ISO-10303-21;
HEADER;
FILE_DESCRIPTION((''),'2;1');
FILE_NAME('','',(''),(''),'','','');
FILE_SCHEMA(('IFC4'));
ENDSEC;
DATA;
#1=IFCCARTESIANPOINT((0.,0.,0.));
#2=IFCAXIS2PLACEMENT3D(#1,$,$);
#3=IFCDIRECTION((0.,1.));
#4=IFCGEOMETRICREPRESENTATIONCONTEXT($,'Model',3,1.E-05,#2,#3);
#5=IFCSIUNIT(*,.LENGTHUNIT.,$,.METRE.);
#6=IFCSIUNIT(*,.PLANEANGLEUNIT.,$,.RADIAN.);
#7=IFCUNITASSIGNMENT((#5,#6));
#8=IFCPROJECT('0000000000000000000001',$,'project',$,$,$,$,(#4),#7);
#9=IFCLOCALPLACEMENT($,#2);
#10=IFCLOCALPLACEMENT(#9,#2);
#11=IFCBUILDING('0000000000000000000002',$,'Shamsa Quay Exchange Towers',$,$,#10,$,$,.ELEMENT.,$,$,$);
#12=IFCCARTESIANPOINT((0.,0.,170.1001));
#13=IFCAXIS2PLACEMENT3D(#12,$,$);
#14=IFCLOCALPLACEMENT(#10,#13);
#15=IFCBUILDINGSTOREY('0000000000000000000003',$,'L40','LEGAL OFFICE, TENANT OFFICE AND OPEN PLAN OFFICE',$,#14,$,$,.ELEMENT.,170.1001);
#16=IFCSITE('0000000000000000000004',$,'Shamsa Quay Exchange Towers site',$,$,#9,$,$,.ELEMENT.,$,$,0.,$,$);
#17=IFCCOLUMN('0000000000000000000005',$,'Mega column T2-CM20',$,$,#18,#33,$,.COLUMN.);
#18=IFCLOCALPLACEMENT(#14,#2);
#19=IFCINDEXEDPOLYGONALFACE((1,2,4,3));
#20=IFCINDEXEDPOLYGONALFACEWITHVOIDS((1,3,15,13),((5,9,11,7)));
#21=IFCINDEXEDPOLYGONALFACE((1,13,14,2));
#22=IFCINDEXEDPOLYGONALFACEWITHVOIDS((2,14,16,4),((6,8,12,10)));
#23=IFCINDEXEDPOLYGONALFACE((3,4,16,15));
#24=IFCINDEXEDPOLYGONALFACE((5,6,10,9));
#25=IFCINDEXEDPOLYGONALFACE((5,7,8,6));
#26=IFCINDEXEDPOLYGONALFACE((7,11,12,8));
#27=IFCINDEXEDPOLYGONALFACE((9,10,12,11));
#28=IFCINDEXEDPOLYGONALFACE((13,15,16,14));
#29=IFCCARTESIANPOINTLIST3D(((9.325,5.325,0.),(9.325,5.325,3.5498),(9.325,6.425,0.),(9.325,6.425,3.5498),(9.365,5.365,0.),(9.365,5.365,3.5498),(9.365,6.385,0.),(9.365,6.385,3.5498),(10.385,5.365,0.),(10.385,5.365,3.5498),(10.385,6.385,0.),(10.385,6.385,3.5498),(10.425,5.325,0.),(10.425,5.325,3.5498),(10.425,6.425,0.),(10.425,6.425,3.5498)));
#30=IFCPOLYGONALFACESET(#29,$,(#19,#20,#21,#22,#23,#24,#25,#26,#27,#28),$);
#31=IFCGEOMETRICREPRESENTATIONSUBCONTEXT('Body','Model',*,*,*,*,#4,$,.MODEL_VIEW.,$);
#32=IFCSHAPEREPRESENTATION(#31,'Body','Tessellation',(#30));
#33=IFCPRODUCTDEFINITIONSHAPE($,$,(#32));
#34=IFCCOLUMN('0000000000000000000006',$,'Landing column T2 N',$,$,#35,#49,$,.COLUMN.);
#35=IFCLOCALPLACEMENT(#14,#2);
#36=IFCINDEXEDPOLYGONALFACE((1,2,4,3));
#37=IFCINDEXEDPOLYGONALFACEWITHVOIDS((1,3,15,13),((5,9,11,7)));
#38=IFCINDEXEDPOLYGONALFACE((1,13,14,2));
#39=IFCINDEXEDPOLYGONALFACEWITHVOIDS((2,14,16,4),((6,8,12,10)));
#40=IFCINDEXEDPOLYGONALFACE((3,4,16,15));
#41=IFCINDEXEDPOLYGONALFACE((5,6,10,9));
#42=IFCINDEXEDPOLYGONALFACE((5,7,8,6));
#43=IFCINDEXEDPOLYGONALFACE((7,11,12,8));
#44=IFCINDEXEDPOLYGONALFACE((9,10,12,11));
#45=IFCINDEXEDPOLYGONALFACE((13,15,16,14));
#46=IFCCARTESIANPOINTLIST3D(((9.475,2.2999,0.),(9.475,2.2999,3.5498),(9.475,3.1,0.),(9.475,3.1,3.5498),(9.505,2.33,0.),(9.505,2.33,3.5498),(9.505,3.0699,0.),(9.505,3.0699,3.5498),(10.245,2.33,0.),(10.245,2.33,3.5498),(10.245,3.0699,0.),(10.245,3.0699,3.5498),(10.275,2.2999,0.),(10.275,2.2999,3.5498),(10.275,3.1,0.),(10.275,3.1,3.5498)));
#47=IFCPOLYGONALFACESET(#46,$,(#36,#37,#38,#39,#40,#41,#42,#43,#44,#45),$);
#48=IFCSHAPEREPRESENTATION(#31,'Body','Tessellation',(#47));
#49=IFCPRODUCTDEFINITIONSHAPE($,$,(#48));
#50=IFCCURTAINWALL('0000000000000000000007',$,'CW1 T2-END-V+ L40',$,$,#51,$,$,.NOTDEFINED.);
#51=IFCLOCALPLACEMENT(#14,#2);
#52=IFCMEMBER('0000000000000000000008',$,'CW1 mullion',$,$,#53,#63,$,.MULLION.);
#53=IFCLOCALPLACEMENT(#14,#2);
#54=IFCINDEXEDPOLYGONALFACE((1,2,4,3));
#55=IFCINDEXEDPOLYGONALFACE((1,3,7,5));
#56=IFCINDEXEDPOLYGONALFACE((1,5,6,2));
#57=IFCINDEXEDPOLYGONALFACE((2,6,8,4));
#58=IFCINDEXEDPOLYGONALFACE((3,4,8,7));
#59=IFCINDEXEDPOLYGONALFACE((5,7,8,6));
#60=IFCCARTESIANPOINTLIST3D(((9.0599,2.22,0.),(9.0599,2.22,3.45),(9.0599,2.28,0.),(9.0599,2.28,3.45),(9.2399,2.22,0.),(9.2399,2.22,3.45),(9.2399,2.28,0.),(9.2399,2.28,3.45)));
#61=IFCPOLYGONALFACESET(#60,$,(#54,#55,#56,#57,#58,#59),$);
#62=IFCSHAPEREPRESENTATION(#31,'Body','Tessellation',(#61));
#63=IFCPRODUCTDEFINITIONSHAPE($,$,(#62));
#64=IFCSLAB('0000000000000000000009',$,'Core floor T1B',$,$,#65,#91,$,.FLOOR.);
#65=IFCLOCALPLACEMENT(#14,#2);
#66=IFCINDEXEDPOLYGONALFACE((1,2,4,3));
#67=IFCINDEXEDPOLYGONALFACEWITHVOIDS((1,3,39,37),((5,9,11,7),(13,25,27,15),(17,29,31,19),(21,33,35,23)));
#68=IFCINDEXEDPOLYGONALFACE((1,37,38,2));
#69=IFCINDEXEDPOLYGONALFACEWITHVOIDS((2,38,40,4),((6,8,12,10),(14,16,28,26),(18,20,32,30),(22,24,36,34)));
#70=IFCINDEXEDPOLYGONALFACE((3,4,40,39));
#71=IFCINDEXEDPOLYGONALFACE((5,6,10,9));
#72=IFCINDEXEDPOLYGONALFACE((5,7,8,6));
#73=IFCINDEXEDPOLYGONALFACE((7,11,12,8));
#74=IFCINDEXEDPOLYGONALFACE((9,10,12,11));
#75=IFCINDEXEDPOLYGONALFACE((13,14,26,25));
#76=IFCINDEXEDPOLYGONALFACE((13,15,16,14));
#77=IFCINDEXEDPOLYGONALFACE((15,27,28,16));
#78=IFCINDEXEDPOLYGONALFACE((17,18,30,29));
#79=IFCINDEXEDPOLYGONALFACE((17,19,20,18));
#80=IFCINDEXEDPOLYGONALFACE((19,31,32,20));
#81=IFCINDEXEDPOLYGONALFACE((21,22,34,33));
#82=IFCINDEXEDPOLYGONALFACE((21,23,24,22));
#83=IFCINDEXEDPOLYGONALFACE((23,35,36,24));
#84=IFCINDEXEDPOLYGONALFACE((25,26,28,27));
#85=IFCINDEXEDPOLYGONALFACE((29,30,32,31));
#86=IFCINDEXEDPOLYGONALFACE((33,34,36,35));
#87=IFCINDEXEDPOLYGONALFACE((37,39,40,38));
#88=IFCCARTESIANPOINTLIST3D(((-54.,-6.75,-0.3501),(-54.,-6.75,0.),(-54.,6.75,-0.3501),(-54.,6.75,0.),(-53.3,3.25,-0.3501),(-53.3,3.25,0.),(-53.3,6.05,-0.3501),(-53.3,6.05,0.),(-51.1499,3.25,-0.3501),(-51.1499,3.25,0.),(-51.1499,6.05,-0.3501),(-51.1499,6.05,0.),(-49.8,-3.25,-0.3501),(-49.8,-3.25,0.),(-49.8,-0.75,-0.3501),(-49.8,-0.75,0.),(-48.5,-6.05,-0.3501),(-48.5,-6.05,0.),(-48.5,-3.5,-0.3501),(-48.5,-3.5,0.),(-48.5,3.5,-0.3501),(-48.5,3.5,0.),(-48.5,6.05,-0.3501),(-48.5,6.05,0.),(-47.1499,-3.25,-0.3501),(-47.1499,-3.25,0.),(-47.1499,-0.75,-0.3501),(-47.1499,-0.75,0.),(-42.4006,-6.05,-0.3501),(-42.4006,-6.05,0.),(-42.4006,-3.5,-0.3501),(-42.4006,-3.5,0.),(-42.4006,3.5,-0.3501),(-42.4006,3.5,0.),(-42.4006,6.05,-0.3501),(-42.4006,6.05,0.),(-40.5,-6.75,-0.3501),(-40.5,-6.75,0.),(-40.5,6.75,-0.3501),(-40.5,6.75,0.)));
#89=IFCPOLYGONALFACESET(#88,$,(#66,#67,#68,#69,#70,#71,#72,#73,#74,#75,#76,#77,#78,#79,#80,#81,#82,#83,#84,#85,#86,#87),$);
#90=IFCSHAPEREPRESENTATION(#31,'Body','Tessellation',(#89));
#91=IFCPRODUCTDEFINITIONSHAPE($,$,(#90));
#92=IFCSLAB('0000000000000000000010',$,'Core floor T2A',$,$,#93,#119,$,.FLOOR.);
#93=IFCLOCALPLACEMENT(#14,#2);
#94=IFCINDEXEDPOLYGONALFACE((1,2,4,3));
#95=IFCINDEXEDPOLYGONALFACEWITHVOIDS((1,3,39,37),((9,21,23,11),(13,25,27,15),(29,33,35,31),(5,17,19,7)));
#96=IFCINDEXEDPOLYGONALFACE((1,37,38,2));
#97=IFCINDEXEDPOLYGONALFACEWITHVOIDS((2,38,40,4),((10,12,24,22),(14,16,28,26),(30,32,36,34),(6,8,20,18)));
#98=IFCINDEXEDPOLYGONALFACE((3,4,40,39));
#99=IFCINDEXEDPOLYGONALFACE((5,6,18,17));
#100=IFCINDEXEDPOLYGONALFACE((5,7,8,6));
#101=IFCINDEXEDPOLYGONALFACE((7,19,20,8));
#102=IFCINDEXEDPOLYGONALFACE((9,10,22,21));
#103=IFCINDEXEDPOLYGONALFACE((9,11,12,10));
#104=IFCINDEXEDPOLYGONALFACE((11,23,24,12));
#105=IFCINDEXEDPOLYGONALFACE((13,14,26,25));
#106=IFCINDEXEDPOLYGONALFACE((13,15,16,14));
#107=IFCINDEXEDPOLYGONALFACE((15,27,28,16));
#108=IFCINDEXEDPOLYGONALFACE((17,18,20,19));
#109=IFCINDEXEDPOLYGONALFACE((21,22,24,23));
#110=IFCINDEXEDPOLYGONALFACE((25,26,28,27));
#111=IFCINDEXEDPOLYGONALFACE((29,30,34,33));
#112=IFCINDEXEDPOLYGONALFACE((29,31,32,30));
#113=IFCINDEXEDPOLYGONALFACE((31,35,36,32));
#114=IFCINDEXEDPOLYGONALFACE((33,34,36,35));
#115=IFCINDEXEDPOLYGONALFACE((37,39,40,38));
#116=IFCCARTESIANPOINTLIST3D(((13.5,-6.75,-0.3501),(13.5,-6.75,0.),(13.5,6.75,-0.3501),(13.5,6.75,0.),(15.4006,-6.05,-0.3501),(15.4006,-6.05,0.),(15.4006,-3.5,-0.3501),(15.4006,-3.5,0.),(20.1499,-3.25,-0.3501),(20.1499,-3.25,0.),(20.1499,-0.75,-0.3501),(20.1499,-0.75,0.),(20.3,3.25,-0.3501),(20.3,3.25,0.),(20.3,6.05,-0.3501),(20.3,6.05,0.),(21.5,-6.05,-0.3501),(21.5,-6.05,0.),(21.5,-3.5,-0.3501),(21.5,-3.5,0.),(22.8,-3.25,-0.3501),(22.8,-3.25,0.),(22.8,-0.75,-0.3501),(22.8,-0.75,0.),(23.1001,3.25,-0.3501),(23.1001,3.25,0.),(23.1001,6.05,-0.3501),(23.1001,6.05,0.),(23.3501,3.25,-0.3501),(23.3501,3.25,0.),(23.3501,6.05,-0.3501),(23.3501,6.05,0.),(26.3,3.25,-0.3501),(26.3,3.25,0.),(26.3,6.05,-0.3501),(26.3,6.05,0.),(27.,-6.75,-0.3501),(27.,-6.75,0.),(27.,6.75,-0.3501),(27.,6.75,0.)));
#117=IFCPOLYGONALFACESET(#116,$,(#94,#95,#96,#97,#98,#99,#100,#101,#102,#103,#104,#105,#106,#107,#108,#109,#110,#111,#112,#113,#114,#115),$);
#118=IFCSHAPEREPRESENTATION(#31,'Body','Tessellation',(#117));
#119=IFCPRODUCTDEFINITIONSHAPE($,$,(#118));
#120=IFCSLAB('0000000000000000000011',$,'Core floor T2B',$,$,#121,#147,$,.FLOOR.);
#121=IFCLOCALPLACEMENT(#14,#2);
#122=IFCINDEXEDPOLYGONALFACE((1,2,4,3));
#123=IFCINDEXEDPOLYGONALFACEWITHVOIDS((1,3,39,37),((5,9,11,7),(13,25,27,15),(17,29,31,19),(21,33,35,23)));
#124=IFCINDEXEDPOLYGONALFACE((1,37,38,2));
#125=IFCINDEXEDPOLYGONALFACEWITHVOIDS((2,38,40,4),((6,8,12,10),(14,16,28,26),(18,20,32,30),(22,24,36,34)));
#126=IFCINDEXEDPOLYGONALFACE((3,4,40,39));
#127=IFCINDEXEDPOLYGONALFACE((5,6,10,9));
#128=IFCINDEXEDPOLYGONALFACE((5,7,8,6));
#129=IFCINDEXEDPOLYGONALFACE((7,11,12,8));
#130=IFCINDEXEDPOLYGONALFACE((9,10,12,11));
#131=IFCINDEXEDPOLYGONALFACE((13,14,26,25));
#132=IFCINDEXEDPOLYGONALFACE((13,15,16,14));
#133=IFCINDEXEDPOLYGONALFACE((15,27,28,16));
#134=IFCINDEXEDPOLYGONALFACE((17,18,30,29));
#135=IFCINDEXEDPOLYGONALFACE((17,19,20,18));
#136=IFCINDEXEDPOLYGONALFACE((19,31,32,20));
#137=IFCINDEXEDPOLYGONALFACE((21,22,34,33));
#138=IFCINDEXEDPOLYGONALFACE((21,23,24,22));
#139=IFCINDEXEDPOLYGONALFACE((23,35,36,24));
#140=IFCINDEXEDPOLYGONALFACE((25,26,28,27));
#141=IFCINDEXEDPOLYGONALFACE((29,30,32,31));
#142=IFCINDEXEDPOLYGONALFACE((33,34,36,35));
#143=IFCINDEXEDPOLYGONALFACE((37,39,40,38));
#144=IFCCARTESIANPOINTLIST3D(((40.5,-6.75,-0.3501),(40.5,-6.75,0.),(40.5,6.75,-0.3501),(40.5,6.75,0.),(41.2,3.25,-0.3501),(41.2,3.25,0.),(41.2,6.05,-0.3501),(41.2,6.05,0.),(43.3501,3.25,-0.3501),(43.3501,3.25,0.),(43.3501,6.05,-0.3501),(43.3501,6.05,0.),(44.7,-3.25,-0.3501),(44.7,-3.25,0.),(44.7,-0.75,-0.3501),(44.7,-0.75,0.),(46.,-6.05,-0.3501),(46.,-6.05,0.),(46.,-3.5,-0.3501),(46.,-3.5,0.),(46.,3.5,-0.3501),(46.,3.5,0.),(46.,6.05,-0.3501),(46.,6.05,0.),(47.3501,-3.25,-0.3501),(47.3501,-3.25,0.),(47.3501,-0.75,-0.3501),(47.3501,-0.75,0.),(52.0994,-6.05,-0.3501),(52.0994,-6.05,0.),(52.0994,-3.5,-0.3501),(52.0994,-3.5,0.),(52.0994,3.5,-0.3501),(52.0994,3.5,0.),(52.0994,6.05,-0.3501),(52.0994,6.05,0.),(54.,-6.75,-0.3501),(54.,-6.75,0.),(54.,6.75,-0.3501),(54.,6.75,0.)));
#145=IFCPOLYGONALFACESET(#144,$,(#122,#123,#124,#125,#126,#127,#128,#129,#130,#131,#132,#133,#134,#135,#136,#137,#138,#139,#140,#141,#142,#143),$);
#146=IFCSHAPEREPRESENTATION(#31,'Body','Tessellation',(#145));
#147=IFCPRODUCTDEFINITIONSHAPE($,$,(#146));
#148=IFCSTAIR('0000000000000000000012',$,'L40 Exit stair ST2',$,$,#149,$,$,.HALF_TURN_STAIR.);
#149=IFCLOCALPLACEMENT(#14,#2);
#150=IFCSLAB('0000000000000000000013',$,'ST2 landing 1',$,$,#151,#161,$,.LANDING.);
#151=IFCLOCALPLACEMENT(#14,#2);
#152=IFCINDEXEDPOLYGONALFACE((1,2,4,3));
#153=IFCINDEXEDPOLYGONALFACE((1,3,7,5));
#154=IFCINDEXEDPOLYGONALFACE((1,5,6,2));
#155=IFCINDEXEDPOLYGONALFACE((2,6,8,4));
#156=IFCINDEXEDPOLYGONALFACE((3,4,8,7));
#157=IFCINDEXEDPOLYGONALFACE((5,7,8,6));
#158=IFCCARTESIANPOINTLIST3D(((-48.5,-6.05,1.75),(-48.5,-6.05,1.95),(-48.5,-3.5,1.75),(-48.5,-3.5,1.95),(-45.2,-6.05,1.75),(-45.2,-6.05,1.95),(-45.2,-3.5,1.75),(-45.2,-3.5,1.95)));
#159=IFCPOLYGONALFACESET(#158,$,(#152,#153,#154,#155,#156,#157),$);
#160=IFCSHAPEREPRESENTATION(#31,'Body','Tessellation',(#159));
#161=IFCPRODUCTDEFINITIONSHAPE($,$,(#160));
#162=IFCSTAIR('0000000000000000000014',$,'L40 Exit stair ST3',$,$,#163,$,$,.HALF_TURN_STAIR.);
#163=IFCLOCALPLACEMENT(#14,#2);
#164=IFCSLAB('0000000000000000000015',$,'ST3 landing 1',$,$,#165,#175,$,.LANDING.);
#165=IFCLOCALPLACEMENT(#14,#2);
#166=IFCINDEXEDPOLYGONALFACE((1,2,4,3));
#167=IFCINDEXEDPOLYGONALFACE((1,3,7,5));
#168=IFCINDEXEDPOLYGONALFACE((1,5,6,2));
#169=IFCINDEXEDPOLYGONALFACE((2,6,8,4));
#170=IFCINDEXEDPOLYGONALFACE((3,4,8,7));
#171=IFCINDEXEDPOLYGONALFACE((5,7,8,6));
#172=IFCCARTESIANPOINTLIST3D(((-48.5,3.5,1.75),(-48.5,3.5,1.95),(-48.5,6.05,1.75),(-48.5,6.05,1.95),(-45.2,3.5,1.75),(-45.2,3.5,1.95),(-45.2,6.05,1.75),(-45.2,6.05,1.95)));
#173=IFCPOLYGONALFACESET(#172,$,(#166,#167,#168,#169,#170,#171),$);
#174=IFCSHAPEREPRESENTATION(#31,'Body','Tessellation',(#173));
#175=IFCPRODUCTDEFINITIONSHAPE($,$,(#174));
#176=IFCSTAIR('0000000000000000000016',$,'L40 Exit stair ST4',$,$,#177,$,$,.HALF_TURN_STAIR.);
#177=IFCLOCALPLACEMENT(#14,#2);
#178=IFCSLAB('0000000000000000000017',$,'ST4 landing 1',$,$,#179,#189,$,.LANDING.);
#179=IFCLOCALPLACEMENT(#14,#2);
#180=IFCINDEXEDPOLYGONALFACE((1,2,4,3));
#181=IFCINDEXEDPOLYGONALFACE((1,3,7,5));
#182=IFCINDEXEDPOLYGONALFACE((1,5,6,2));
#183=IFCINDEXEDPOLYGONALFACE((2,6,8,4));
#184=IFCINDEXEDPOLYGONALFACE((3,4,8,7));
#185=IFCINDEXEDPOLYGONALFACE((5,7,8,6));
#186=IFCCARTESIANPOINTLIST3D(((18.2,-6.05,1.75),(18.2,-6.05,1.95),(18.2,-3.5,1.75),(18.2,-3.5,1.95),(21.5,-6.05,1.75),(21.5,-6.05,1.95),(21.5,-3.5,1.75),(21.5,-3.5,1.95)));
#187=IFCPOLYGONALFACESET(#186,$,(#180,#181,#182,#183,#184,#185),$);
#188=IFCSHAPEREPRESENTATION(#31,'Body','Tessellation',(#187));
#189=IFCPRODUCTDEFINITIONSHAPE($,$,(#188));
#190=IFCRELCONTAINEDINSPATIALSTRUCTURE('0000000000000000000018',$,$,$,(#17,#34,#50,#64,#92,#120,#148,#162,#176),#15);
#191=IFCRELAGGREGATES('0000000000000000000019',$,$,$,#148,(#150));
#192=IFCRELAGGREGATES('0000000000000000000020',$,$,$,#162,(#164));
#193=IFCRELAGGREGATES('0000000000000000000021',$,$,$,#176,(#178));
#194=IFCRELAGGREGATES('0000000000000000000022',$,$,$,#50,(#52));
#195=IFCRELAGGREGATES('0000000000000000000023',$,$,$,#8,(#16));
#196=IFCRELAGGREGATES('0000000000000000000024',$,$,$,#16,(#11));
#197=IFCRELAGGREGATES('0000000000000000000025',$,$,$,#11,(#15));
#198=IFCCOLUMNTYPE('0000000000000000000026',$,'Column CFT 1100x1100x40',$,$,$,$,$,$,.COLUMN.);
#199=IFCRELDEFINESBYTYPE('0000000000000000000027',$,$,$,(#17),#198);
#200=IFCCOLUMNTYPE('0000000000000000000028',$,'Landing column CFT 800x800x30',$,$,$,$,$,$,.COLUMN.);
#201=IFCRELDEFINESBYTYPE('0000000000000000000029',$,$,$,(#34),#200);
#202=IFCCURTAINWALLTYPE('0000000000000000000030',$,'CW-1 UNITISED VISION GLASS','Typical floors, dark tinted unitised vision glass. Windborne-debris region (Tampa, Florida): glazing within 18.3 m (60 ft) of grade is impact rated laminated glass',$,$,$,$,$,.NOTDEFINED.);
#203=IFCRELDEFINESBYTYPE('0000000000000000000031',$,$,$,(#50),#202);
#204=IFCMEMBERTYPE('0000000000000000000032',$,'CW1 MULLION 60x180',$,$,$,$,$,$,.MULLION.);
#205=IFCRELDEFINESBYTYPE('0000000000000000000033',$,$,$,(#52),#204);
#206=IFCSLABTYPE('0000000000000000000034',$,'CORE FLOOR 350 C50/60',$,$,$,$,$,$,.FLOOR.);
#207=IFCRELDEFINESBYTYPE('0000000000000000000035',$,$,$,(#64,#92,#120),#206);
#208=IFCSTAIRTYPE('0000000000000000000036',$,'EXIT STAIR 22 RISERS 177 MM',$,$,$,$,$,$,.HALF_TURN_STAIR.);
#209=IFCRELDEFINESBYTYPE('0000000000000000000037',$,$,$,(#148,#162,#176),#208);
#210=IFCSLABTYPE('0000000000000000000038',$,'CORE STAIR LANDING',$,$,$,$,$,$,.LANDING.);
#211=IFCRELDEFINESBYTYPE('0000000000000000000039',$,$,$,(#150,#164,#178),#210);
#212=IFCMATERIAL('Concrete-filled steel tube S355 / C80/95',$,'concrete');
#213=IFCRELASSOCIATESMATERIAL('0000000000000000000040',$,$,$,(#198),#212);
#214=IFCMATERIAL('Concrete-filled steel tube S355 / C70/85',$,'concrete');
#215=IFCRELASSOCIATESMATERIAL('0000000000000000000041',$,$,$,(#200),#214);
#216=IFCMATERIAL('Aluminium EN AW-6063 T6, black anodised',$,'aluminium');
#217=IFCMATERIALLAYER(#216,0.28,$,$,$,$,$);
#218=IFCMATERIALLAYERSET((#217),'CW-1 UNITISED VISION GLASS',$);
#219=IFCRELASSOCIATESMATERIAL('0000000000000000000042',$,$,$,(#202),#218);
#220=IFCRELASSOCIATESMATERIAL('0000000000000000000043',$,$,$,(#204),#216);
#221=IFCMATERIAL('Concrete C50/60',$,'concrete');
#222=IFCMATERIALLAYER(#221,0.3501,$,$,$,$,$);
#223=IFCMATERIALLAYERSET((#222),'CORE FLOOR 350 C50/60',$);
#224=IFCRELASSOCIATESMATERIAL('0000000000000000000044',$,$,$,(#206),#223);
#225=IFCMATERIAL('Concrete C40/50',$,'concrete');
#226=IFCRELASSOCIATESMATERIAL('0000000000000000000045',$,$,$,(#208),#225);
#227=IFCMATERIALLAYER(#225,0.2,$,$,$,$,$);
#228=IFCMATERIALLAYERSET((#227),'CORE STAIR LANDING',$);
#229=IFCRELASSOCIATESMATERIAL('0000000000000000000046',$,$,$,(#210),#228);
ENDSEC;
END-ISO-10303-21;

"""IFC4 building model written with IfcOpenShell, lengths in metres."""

from ifc_helpers import new_model, si_unit, direction, frame, origin, origin_2d, place, context, subcontext, project, spatial, polyline, rectangle, hollow_rectangle, outline, extrude, material, layer, layer_set, material_profile, profile_set, type_object, element, aggregate, save


model = new_model("IFC4")

# Units and contexts
model_context = context("Model", 3, precision=1e-05, world=origin(), true_north=direction((0.0, 1.0)))
body_context = subcontext(model_context, "Body", "Model", "MODEL_VIEW")
ifc_project = project(units=[si_unit("LENGTHUNIT", "METRE"), si_unit("PLANEANGLEUNIT", "RADIAN")], contexts=[model_context])

# Site, building, storey
site_placement = place(None, origin())
site = spatial("IfcSite", under=ifc_project, at=site_placement, Name="Shamsa Quay Exchange Towers site", CompositionType="ELEMENT", RefElevation=0.0)
building_placement = place(site_placement, origin())
building = spatial("IfcBuilding", under=site, at=building_placement, Name="Shamsa Quay Exchange Towers", CompositionType="ELEMENT")
storey_placement = place(building_placement, frame((0.0, 0.0, 170.1001)))
storey = spatial("IfcBuildingStorey", under=building, at=storey_placement, Name="L40", Description="LEGAL OFFICE, TENANT OFFICE AND OPEN PLAN OFFICE", CompositionType="ELEMENT", Elevation=170.1001)

# Columns
ifc_material_1 = material(Name="Concrete-filled steel tube S355 / C80/95", Category="concrete")
ifc_material_profile_1 = material_profile(ifc_material_1, hollow_rectangle(XDim=1.1001, YDim=1.1001, WallThickness=0.04, at=origin_2d()), Name="CFT 1100x1100x40")
ifc_profile_set_1 = profile_set([ifc_material_profile_1], Name="Concrete-filled steel tube S355 / C80/95")
column_type_1 = type_object("IfcColumnType", Name="Column CFT 1100x1100x40", PredefinedType="COLUMN", material=ifc_profile_set_1)
column_1_placement = place(storey_placement, frame((9.875, 5.875, 0.0)))
element("IfcColumn", 1, at=column_1_placement, inside=storey, type_object=column_type_1, Name="Mega column T2-CM20", PredefinedType="COLUMN", context=body_context, shape_type="SweptSolid", body=[
    extrude(hollow_rectangle(XDim=1.1001, YDim=1.1001, WallThickness=0.04, at=origin_2d()), origin(), (0.0, 0.0, 1.0), 3.5498),
])
ifc_material_2 = material(Name="Concrete-filled steel tube S355 / C70/85", Category="concrete")
ifc_material_profile_2 = material_profile(ifc_material_2, hollow_rectangle(XDim=0.8, YDim=0.8, WallThickness=0.03, at=origin_2d()), Name="CFT 800x800x30")
ifc_profile_set_2 = profile_set([ifc_material_profile_2], Name="Concrete-filled steel tube S355 / C70/85")
column_type_2 = type_object("IfcColumnType", Name="Landing column CFT 800x800x30", PredefinedType="COLUMN", material=ifc_profile_set_2)
column_2_placement = place(storey_placement, frame((9.875, 2.7, 0.0)))
element("IfcColumn", 2, at=column_2_placement, inside=storey, type_object=column_type_2, Name="Landing column T2 N", PredefinedType="COLUMN", context=body_context, shape_type="SweptSolid", body=[
    extrude(hollow_rectangle(XDim=0.8, YDim=0.8, WallThickness=0.03, at=origin_2d()), origin(), (0.0, 0.0, 1.0), 3.5498),
])

# Curtain wall, member
ifc_material_3 = material(Name="Aluminium EN AW-6063 T6, black anodised", Category="aluminium")
ifc_layer_1 = layer(ifc_material_3, 0.28)
ifc_layer_set_1 = layer_set([ifc_layer_1], Name="CW-1 UNITISED VISION GLASS")
curtain_wall_type_1 = type_object("IfcCurtainWallType", Name="CW-1 UNITISED VISION GLASS", Description="Typical floors, dark tinted unitised vision glass. Windborne-debris region (Tampa, Florida): glazing within 18.3 m (60 ft) of grade is impact rated laminated glass", PredefinedType="NOTDEFINED", material=ifc_layer_set_1)
curtain_wall_1_placement = place(storey_placement, origin())
curtain_wall_1 = element("IfcCurtainWall", 3, at=curtain_wall_1_placement, inside=storey, type_object=curtain_wall_type_1, Name="CW1 T2-END-V+ L40", PredefinedType="NOTDEFINED")
ifc_material_profile_3 = material_profile(ifc_material_3, rectangle(XDim=0.1799, YDim=0.0601, at=origin_2d()), Name="MU60x180")
ifc_profile_set_3 = profile_set([ifc_material_profile_3], Name="Aluminium EN AW-6063 T6, black anodised")
member_type = type_object("IfcMemberType", Name="CW1 MULLION 60x180", PredefinedType="MULLION", material=ifc_profile_set_3)
member_placement = place(storey_placement, frame((9.1499, 2.25, 0.0)))
member = element("IfcMember", 4, at=member_placement, type_object=member_type, Name="CW1 mullion", PredefinedType="MULLION", context=body_context, shape_type="SweptSolid", body=[
    extrude(rectangle(XDim=0.1799, YDim=0.0601, at=origin_2d()), origin(), (0.0, 0.0, 1.0), 3.45),
])

# Slabs
ifc_material_4 = material(Name="Concrete C50/60", Category="concrete")
ifc_layer_2 = layer(ifc_material_4, 0.3501)
ifc_layer_set_2 = layer_set([ifc_layer_2], Name="CORE FLOOR 350 C50/60")
slab_type_1 = type_object("IfcSlabType", Name="CORE FLOOR 350 C50/60", PredefinedType="FLOOR", material=ifc_layer_set_2)
slab_1_placement = place(storey_placement, frame((0.0, 0.0, -0.3501)))
element("IfcSlab", 5, at=slab_1_placement, inside=storey, type_object=slab_type_1, Name="Core floor T1B", PredefinedType="FLOOR", context=body_context, shape_type="SweptSolid", body=[
    extrude(outline(polyline([(-40.5, -6.75), (-40.5, 6.75), (-54.0, 6.75), (-54.0, -6.75), (-40.5, -6.75)]), holes=[polyline([(-42.4006, -3.5), (-42.4006, -6.05), (-48.5, -6.05), (-48.5, -3.5), (-42.4006, -3.5)]), polyline([(-42.4006, 6.05), (-42.4006, 3.5), (-48.5, 3.5), (-48.5, 6.05), (-42.4006, 6.05)]), polyline([(-51.1499, 3.25), (-53.3, 3.25), (-53.3, 6.05), (-51.1499, 6.05), (-51.1499, 3.25)]), polyline([(-47.1499, -3.25), (-49.8, -3.25), (-49.8, -0.75), (-47.1499, -0.75), (-47.1499, -3.25)])]), origin(), (0.0, 0.0, 1.0), 0.3501),
])
slab_2_placement = place(storey_placement, frame((0.0, 0.0, -0.3501)))
element("IfcSlab", 6, at=slab_2_placement, inside=storey, type_object=slab_type_1, Name="Core floor T2A", PredefinedType="FLOOR", context=body_context, shape_type="SweptSolid", body=[
    extrude(outline(polyline([(13.5, -6.75), (27.0, -6.75), (27.0, 6.75), (13.5, 6.75), (13.5, -6.75)]), holes=[polyline([(15.4006, -6.05), (15.4006, -3.5), (21.5, -3.5), (21.5, -6.05), (15.4006, -6.05)]), polyline([(20.3, 3.25), (20.3, 6.05), (23.1001, 6.05), (23.1001, 3.25), (20.3, 3.25)]), polyline([(23.3501, 3.25), (23.3501, 6.05), (26.3, 6.05), (26.3, 3.25), (23.3501, 3.25)]), polyline([(20.1499, -3.25), (20.1499, -0.75), (22.8, -0.75), (22.8, -3.25), (20.1499, -3.25)])]), origin(), (0.0, 0.0, 1.0), 0.3501),
])
slab_3_placement = place(storey_placement, frame((0.0, 0.0, -0.3501)))
element("IfcSlab", 7, at=slab_3_placement, inside=storey, type_object=slab_type_1, Name="Core floor T2B", PredefinedType="FLOOR", context=body_context, shape_type="SweptSolid", body=[
    extrude(outline(polyline([(54.0, -6.75), (54.0, 6.75), (40.5, 6.75), (40.5, -6.75), (54.0, -6.75)]), holes=[polyline([(52.0994, -3.5), (52.0994, -6.05), (46.0, -6.05), (46.0, -3.5), (52.0994, -3.5)]), polyline([(52.0994, 6.05), (52.0994, 3.5), (46.0, 3.5), (46.0, 6.05), (52.0994, 6.05)]), polyline([(43.3501, 3.25), (41.2, 3.25), (41.2, 6.05), (43.3501, 6.05), (43.3501, 3.25)]), polyline([(47.3501, -3.25), (44.7, -3.25), (44.7, -0.75), (47.3501, -0.75), (47.3501, -3.25)])]), origin(), (0.0, 0.0, 1.0), 0.3501),
])

# Stairs, slabs
ifc_material_5 = material(Name="Concrete C40/50", Category="concrete")
stair_type = type_object("IfcStairType", Name="EXIT STAIR 22 RISERS 177 MM", PredefinedType="HALF_TURN_STAIR", material=ifc_material_5)
stair_1_placement = place(storey_placement, origin())
stair_1 = element("IfcStair", 8, at=stair_1_placement, inside=storey, type_object=stair_type, Name="L40 Exit stair ST2", PredefinedType="HALF_TURN_STAIR")
ifc_layer_3 = layer(ifc_material_5, 0.2)
ifc_layer_set_3 = layer_set([ifc_layer_3], Name="CORE STAIR LANDING")
slab_type_2 = type_object("IfcSlabType", Name="CORE STAIR LANDING", PredefinedType="LANDING", material=ifc_layer_set_3)
slab_4_placement = place(storey_placement, frame((0.0, 0.0, 1.75)))
slab_4 = element("IfcSlab", 9, at=slab_4_placement, type_object=slab_type_2, Name="ST2 landing 1", PredefinedType="LANDING", context=body_context, shape_type="SweptSolid", body=[
    extrude(outline(polyline([(-45.2, -3.5), (-48.5, -3.5), (-48.5, -6.05), (-45.2, -6.05), (-45.2, -3.5)])), origin(), (0.0, 0.0, 1.0), 0.2),
])
aggregate(stair_1, [slab_4])
stair_2_placement = place(storey_placement, origin())
stair_2 = element("IfcStair", 10, at=stair_2_placement, inside=storey, type_object=stair_type, Name="L40 Exit stair ST3", PredefinedType="HALF_TURN_STAIR")
slab_5_placement = place(storey_placement, frame((0.0, 0.0, 1.75)))
slab_5 = element("IfcSlab", 11, at=slab_5_placement, type_object=slab_type_2, Name="ST3 landing 1", PredefinedType="LANDING", context=body_context, shape_type="SweptSolid", body=[
    extrude(outline(polyline([(-45.2, 6.05), (-48.5, 6.05), (-48.5, 3.5), (-45.2, 3.5), (-45.2, 6.05)])), origin(), (0.0, 0.0, 1.0), 0.2),
])
aggregate(stair_2, [slab_5])
stair_3_placement = place(storey_placement, origin())
stair_3 = element("IfcStair", 12, at=stair_3_placement, inside=storey, type_object=stair_type, Name="L40 Exit stair ST4", PredefinedType="HALF_TURN_STAIR")
slab_6_placement = place(storey_placement, frame((0.0, 0.0, 1.75)))
slab_6 = element("IfcSlab", 13, at=slab_6_placement, type_object=slab_type_2, Name="ST4 landing 1", PredefinedType="LANDING", context=body_context, shape_type="SweptSolid", body=[
    extrude(outline(polyline([(18.2, -6.05), (21.5, -6.05), (21.5, -3.5), (18.2, -3.5), (18.2, -6.05)])), origin(), (0.0, 0.0, 1.0), 0.2),
])
aggregate(stair_3, [slab_6])

aggregate(curtain_wall_1, [member])

save(model, "model.ifc")
